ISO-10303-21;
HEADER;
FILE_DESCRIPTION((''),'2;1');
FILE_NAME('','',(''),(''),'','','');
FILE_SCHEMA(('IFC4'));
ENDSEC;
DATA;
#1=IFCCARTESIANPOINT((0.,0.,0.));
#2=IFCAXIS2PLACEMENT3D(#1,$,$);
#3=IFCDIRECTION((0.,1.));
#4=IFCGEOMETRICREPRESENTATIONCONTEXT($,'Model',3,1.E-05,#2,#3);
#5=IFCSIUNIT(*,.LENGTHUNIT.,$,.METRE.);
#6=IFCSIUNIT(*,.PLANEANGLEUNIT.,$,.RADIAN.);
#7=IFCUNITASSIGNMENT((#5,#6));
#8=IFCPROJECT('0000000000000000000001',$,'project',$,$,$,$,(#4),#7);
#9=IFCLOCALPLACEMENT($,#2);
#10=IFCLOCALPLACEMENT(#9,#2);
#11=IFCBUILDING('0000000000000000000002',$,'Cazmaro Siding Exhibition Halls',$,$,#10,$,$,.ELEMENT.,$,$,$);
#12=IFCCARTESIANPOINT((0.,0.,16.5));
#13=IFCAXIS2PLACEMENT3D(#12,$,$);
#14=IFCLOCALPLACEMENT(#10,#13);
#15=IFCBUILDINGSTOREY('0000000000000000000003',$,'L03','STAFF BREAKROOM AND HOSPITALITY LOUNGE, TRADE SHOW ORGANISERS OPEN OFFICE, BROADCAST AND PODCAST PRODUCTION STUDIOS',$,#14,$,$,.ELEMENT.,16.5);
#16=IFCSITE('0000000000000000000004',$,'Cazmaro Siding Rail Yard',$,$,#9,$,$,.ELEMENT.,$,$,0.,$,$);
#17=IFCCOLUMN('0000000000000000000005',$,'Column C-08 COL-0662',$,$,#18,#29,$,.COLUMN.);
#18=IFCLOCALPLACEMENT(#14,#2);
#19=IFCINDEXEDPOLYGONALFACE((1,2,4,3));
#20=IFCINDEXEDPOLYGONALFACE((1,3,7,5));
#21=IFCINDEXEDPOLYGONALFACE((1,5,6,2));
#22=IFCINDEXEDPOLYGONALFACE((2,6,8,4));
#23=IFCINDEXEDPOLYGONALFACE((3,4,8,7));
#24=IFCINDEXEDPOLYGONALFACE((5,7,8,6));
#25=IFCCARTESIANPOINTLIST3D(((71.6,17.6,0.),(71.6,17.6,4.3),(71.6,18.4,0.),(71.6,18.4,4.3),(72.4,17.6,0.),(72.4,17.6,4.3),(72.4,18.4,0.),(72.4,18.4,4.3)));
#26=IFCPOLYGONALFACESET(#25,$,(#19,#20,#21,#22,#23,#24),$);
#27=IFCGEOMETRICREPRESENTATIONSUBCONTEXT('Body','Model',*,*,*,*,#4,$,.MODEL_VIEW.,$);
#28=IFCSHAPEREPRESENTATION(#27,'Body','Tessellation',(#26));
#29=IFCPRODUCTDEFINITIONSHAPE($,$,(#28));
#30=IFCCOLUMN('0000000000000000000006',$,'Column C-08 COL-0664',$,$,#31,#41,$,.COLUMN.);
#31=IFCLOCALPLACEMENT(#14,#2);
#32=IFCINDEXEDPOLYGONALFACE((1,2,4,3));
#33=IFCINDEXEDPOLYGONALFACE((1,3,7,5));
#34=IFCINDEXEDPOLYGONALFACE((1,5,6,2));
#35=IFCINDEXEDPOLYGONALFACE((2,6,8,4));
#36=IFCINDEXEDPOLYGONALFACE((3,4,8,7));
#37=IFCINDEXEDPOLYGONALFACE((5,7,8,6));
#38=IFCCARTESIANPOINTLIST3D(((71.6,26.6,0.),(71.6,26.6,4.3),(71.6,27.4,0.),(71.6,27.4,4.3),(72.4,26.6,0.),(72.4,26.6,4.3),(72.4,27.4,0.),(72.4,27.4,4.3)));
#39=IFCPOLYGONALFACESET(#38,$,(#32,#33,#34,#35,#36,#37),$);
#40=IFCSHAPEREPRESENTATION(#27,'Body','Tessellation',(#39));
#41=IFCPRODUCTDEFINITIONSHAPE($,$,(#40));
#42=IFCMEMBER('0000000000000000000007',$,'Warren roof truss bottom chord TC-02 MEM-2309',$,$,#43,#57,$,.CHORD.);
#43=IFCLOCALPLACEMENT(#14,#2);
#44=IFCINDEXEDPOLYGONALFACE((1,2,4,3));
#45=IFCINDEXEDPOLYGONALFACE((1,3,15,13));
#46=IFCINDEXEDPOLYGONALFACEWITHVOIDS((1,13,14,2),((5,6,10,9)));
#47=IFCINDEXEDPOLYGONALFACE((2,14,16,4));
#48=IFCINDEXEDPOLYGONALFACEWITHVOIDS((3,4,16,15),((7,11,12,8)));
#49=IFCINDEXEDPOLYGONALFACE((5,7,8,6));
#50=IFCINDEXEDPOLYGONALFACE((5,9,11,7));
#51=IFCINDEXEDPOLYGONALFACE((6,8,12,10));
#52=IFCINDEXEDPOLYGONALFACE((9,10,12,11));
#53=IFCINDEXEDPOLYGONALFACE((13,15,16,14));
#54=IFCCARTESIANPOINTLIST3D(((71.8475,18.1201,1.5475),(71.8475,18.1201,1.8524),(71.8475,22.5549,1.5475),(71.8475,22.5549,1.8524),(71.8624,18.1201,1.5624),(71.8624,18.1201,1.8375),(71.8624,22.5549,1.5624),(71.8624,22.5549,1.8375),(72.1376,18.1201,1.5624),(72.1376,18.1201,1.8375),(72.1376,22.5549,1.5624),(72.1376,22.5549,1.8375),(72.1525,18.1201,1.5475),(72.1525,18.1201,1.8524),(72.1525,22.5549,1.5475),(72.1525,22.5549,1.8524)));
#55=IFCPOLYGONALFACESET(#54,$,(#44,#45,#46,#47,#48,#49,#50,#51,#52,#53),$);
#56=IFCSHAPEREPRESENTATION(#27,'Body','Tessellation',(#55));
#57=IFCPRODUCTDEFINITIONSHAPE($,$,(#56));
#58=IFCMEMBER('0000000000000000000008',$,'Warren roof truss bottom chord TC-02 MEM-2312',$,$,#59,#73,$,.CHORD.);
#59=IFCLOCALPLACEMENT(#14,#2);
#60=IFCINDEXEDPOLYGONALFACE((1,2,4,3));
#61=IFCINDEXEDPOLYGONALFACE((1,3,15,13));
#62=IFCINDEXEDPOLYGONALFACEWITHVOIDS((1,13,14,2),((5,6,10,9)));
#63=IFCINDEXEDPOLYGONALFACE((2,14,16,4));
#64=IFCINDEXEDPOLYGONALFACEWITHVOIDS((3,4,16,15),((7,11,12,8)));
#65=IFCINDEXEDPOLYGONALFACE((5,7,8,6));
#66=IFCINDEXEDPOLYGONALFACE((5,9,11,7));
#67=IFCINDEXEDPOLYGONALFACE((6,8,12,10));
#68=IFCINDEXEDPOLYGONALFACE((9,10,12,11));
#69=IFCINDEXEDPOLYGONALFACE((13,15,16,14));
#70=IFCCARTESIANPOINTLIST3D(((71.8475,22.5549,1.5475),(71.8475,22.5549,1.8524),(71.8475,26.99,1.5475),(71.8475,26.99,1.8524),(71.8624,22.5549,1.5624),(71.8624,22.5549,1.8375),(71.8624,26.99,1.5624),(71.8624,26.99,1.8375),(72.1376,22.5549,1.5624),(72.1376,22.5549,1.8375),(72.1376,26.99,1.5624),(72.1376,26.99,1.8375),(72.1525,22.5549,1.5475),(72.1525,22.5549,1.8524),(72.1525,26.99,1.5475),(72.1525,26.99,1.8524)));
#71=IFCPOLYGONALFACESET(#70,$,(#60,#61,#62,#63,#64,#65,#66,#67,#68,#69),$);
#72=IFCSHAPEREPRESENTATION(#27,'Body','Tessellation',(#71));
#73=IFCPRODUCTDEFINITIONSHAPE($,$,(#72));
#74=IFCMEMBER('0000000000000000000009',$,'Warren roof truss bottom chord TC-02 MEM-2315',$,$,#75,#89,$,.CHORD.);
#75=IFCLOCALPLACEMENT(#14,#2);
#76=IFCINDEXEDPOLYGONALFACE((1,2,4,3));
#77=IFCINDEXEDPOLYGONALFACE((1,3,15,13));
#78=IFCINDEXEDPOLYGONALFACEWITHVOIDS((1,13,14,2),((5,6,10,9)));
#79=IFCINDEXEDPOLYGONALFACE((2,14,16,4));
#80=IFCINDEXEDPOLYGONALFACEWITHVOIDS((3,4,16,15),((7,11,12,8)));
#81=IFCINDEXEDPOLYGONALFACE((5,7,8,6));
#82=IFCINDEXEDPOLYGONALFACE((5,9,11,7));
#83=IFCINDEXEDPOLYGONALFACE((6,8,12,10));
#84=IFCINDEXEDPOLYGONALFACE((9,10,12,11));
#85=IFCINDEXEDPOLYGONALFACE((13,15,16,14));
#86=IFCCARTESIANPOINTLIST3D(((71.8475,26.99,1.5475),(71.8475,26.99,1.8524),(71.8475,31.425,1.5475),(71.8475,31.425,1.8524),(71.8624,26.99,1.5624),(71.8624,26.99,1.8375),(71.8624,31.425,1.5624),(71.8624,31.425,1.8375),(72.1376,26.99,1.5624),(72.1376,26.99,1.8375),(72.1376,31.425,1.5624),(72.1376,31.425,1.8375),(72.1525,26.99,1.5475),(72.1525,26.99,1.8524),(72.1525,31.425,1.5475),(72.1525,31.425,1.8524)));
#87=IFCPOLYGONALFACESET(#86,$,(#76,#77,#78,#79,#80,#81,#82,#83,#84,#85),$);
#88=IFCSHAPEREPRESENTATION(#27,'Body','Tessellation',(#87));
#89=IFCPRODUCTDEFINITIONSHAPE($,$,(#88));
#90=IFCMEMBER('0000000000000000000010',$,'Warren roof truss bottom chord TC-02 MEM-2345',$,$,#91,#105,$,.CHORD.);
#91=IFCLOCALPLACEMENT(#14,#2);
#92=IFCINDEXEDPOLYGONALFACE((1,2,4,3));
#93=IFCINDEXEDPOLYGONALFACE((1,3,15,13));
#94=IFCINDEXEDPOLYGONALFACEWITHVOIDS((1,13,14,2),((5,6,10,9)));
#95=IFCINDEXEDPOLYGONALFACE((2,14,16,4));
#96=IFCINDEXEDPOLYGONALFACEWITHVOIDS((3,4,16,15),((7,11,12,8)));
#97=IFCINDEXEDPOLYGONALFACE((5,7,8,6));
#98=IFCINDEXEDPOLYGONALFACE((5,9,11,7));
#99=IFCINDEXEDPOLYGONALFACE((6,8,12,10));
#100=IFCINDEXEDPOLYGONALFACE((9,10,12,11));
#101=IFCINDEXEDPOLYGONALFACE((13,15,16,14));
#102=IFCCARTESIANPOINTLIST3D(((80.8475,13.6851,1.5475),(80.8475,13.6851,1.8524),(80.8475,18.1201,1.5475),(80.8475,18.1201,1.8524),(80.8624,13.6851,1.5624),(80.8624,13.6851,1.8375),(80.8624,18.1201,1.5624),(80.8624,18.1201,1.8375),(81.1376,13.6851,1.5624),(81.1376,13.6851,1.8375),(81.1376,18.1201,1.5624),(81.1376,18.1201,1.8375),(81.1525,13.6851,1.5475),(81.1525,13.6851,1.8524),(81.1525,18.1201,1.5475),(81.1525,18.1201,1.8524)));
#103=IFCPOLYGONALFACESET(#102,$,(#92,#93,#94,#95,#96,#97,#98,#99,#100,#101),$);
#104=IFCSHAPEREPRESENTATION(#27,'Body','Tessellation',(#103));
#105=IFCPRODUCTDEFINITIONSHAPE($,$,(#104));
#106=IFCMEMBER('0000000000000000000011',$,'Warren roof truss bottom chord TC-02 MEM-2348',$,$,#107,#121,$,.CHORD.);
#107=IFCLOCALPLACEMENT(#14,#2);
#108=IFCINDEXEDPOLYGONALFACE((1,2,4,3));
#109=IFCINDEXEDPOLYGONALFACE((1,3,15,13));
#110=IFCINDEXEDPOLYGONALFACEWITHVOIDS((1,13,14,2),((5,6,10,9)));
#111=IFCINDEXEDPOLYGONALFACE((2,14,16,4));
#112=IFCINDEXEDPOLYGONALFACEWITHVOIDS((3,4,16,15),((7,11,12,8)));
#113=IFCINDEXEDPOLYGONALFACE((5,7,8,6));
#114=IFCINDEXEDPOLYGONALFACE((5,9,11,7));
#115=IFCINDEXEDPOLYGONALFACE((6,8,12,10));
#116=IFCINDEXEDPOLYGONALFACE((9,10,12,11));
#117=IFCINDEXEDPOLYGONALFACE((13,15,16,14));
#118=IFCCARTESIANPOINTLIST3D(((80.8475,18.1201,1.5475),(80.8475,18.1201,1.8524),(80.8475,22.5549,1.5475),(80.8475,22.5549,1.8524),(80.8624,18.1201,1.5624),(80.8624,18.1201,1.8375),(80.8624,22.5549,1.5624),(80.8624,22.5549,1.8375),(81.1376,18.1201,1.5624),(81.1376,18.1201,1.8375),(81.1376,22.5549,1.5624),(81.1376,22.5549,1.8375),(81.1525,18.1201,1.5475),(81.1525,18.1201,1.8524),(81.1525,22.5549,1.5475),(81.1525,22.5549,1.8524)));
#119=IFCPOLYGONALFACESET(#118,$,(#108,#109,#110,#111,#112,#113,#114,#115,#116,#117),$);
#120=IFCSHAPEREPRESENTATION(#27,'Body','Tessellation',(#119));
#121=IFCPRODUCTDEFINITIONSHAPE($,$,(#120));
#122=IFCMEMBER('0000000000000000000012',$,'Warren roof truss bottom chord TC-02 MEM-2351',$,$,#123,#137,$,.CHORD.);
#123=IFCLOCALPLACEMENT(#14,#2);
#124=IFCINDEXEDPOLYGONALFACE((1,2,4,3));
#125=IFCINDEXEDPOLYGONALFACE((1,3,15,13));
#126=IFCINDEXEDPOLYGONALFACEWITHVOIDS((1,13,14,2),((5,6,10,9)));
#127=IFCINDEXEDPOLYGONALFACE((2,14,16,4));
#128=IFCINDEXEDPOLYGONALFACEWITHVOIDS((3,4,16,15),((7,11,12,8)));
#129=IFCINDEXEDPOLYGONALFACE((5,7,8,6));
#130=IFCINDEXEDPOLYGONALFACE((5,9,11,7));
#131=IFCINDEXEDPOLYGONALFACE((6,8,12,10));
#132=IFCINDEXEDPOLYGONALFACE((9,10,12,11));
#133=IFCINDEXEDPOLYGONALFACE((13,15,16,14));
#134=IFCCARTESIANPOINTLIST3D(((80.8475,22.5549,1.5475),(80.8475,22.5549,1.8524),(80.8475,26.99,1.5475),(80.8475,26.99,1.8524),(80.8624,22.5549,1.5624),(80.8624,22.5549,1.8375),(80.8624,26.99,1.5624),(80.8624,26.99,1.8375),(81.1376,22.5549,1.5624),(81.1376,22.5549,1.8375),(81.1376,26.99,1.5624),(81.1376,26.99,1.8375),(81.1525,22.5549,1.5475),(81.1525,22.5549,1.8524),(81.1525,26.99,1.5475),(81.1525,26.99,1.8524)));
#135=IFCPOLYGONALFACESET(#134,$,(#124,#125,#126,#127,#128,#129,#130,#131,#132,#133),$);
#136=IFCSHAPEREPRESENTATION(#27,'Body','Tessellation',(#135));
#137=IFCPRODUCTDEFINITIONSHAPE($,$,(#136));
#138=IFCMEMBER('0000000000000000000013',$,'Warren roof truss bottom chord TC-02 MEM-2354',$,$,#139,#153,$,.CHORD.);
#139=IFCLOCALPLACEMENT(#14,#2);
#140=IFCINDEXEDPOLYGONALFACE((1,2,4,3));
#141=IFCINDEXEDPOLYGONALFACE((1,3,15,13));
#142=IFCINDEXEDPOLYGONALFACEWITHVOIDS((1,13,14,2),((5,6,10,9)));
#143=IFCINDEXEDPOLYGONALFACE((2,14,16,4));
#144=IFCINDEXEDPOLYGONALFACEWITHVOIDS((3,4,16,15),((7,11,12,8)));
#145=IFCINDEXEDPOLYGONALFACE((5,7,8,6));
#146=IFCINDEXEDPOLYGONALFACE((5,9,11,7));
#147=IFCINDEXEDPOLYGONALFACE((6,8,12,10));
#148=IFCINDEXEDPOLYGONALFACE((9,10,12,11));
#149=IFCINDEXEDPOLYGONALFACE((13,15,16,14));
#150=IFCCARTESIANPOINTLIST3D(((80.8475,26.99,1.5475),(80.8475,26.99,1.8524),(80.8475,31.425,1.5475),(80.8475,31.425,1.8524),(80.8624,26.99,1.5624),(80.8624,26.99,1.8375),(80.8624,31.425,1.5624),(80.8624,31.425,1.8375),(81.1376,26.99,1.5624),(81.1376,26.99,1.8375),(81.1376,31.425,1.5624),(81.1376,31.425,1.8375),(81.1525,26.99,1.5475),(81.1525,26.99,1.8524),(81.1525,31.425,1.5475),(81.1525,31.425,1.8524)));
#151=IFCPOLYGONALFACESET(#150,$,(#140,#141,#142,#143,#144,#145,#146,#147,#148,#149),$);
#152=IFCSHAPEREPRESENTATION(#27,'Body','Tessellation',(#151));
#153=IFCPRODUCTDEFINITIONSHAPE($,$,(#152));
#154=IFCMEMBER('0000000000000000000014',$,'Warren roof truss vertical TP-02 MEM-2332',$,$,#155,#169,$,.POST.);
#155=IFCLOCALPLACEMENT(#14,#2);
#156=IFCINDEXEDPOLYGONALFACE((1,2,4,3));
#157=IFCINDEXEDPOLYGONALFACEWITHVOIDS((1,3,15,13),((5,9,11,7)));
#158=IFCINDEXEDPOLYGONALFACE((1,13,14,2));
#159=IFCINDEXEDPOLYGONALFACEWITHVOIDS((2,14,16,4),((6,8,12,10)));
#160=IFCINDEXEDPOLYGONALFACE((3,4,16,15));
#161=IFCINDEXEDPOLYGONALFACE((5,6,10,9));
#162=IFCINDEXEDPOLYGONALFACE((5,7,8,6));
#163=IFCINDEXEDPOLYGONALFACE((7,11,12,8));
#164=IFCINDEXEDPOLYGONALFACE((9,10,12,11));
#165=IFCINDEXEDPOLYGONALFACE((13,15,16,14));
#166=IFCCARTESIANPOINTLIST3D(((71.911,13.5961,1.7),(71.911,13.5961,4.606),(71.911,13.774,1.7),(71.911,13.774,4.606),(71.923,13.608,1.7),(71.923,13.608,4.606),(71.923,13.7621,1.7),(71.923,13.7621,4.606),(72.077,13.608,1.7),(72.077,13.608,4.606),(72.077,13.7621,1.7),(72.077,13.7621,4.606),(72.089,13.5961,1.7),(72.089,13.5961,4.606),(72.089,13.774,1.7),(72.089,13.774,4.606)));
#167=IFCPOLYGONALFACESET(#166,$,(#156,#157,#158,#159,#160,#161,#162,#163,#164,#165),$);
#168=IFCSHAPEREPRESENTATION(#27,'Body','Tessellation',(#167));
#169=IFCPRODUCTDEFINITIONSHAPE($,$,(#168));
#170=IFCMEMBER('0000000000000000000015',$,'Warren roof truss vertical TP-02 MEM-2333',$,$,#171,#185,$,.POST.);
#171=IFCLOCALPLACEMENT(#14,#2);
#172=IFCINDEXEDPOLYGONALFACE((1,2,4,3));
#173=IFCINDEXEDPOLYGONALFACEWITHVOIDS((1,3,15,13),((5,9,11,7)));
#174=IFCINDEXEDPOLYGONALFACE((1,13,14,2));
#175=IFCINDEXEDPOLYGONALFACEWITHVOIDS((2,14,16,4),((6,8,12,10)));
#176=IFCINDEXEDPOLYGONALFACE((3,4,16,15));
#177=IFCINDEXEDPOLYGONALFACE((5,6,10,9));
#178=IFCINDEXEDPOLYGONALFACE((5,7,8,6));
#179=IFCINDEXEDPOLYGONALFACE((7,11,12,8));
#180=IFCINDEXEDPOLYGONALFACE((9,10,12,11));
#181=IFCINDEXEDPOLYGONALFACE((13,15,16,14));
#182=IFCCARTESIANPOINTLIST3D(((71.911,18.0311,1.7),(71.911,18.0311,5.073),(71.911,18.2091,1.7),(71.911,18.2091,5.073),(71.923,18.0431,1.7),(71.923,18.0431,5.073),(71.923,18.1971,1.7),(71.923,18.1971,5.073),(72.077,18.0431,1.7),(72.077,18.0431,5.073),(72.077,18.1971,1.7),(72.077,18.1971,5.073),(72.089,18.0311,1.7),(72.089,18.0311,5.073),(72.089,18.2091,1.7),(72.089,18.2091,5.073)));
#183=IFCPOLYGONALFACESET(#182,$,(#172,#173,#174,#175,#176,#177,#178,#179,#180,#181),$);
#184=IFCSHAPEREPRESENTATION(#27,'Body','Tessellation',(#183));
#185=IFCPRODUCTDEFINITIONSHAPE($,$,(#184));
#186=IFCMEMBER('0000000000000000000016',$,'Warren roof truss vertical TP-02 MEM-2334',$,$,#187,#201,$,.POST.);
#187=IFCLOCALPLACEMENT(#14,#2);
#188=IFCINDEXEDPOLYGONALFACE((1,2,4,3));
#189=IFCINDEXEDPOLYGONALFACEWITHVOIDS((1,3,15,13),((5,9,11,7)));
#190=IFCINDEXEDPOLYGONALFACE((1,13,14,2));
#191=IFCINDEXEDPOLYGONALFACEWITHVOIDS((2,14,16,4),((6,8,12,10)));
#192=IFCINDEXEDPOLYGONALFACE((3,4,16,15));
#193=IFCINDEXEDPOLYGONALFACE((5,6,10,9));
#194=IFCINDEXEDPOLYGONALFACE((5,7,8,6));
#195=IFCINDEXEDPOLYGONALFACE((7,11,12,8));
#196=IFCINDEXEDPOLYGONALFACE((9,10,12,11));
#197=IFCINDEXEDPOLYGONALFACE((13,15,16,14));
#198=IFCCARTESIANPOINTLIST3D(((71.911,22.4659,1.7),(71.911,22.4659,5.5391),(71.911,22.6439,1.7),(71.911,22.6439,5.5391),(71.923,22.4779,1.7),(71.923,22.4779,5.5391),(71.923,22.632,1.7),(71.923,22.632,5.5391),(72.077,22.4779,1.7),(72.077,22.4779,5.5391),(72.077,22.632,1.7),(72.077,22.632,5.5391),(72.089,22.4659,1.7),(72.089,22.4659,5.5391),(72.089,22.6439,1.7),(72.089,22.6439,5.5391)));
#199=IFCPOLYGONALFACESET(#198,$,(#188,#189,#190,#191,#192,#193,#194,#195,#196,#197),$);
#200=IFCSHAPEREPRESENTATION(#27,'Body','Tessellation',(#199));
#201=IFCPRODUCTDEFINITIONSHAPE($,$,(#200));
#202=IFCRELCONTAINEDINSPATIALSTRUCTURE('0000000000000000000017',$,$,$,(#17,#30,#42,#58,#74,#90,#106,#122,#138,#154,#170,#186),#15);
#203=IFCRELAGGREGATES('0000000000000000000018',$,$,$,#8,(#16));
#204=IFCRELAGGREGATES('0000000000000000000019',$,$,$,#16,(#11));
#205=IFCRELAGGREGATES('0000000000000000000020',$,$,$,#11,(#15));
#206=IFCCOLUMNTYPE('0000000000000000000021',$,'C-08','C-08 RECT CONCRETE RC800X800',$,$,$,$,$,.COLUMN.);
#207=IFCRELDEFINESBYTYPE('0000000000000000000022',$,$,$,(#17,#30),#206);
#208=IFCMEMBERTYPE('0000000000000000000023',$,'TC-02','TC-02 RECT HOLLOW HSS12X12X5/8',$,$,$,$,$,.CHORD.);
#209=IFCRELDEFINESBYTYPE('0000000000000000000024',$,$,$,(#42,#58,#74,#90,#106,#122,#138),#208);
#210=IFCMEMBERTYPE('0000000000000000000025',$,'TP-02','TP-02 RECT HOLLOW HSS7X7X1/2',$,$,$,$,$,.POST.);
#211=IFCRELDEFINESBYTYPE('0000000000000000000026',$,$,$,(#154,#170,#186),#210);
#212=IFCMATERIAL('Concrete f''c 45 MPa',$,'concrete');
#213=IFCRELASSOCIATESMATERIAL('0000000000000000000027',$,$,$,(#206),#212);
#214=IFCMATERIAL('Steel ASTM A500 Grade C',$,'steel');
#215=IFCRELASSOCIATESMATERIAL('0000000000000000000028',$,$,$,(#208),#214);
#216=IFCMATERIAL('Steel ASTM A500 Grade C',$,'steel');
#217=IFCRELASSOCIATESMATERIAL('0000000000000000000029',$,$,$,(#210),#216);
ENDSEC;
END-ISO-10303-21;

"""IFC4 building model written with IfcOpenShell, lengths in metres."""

from ifc_helpers import new_model, si_unit, direction, frame, origin, origin_2d, place, context, subcontext, project, spatial, rectangle, hollow_rectangle, extrude, material, material_profile, profile_set, type_object, element, save


model = new_model("IFC4")

# Units and contexts
model_context = context("Model", 3, precision=1e-05, world=origin(), true_north=direction((0.0, 1.0)))
body_context = subcontext(model_context, "Body", "Model", "MODEL_VIEW")
ifc_project = project(units=[si_unit("LENGTHUNIT", "METRE"), si_unit("PLANEANGLEUNIT", "RADIAN")], contexts=[model_context])

# Site, building, storey
site_placement = place(None, origin())
site = spatial("IfcSite", under=ifc_project, at=site_placement, Name="Cazmaro Siding Rail Yard", CompositionType="ELEMENT", RefElevation=0.0)
building_placement = place(site_placement, origin())
building = spatial("IfcBuilding", under=site, at=building_placement, Name="Cazmaro Siding Exhibition Halls", CompositionType="ELEMENT")
storey_placement = place(building_placement, frame((0.0, 0.0, 16.5)))
storey = spatial("IfcBuildingStorey", under=building, at=storey_placement, Name="L03", Description="STAFF BREAKROOM AND HOSPITALITY LOUNGE, TRADE SHOW ORGANISERS OPEN OFFICE, BROADCAST AND PODCAST PRODUCTION STUDIOS", CompositionType="ELEMENT", Elevation=16.5)

# Columns
ifc_material_1 = material(Name="Concrete f'c 45 MPa", Category="concrete")
ifc_material_profile_1 = material_profile(ifc_material_1, rectangle(XDim=0.8, YDim=0.8, at=origin_2d()), Name="RC800X800")
ifc_profile_set_1 = profile_set([ifc_material_profile_1], Name="Concrete f'c 45 MPa")
column_type = type_object("IfcColumnType", Name="C-08", Description="C-08 RECT CONCRETE RC800X800", PredefinedType="COLUMN", material=ifc_profile_set_1)
for number, where, z_axis, x_axis, name in (
    (1, (72.0, 18.0, 0.0), (0.0, 0.0, 1.0), (1.0, 0.0, 0.0), "Column C-08 COL-0662"),
    (2, (72.0, 27.0, 0.0), (0.0, 0.0, 1.0), (1.0, 0.0, 0.0), "Column C-08 COL-0664"),
):
    element("IfcColumn", number, at=place(storey_placement, frame(where, z_axis=z_axis, x_axis=x_axis)), inside=storey, type_object=column_type, Name=name, PredefinedType="COLUMN", context=body_context, shape_type="SweptSolid", body=[
        extrude(rectangle(XDim=0.8, YDim=0.8, at=origin_2d()), origin(), (0.0, 0.0, 1.0), 4.3),
    ])

# Members
ifc_material_2 = material(Name="Steel ASTM A500 Grade C", Category="steel")
ifc_material_profile_2 = material_profile(ifc_material_2, hollow_rectangle(XDim=0.3049, YDim=0.3049, WallThickness=0.0149, at=origin_2d()), Name="HSS12X12X5/8")
ifc_profile_set_2 = profile_set([ifc_material_profile_2], Name="Steel ASTM A500 Grade C")
member_type_1 = type_object("IfcMemberType", Name="TC-02", Description="TC-02 RECT HOLLOW HSS12X12X5/8", PredefinedType="CHORD", material=ifc_profile_set_2)
member_1_placement = place(storey_placement, frame((72.0, 18.1201, 1.7), z_axis=(0.0, 1.0, 0.0), x_axis=(-1.0, 0.0, 0.0)))
element("IfcMember", 3, at=member_1_placement, inside=storey, type_object=member_type_1, Name="Warren roof truss bottom chord TC-02 MEM-2309", PredefinedType="CHORD", context=body_context, shape_type="SweptSolid", body=[
    extrude(hollow_rectangle(XDim=0.3049, YDim=0.3049, WallThickness=0.0149, at=origin_2d()), origin(), (0.0, 0.0, 1.0), 4.4348),
])
for number, where, z_axis, x_axis, name in (
    (4, (72.0, 22.5549, 1.7), (0.0, 1.0, 0.0), (-1.0, 0.0, 0.0), "Warren roof truss bottom chord TC-02 MEM-2312"),
    (5, (72.0, 26.99, 1.7), (0.0, 1.0, 0.0), (-1.0, 0.0, 0.0), "Warren roof truss bottom chord TC-02 MEM-2315"),
    (6, (81.0, 13.6851, 1.7), (0.0, 1.0, 0.0), (-1.0, 0.0, 0.0), "Warren roof truss bottom chord TC-02 MEM-2345"),
):
    element("IfcMember", number, at=place(storey_placement, frame(where, z_axis=z_axis, x_axis=x_axis)), inside=storey, type_object=member_type_1, Name=name, PredefinedType="CHORD", context=body_context, shape_type="SweptSolid", body=[
        extrude(hollow_rectangle(XDim=0.3049, YDim=0.3049, WallThickness=0.0149, at=origin_2d()), origin(), (0.0, 0.0, 1.0), 4.4351),
    ])
member_2_placement = place(storey_placement, frame((81.0, 18.1201, 1.7), z_axis=(0.0, 1.0, 0.0), x_axis=(-1.0, 0.0, 0.0)))
element("IfcMember", 7, at=member_2_placement, inside=storey, type_object=member_type_1, Name="Warren roof truss bottom chord TC-02 MEM-2348", PredefinedType="CHORD", context=body_context, shape_type="SweptSolid", body=[
    extrude(hollow_rectangle(XDim=0.3049, YDim=0.3049, WallThickness=0.0149, at=origin_2d()), origin(), (0.0, 0.0, 1.0), 4.4348),
])
for number, where, z_axis, x_axis, name in (
    (8, (81.0, 22.5549, 1.7), (0.0, 1.0, 0.0), (-1.0, 0.0, 0.0), "Warren roof truss bottom chord TC-02 MEM-2351"),
    (9, (81.0, 26.99, 1.7), (0.0, 1.0, 0.0), (-1.0, 0.0, 0.0), "Warren roof truss bottom chord TC-02 MEM-2354"),
):
    element("IfcMember", number, at=place(storey_placement, frame(where, z_axis=z_axis, x_axis=x_axis)), inside=storey, type_object=member_type_1, Name=name, PredefinedType="CHORD", context=body_context, shape_type="SweptSolid", body=[
        extrude(hollow_rectangle(XDim=0.3049, YDim=0.3049, WallThickness=0.0149, at=origin_2d()), origin(), (0.0, 0.0, 1.0), 4.4351),
    ])
ifc_material_3 = material(Name="Steel ASTM A500 Grade C", Category="steel")
ifc_material_profile_3 = material_profile(ifc_material_3, hollow_rectangle(XDim=0.178, YDim=0.178, WallThickness=0.012, at=origin_2d()), Name="HSS7X7X1/2")
ifc_profile_set_3 = profile_set([ifc_material_profile_3], Name="Steel ASTM A500 Grade C")
member_type_2 = type_object("IfcMemberType", Name="TP-02", Description="TP-02 RECT HOLLOW HSS7X7X1/2", PredefinedType="POST", material=ifc_profile_set_3)
member_3_placement = place(storey_placement, frame((72.0, 13.6851, 1.7), z_axis=(0.0, 0.0, 1.0), x_axis=(1.0, 0.0, 0.0)))
element("IfcMember", 10, at=member_3_placement, inside=storey, type_object=member_type_2, Name="Warren roof truss vertical TP-02 MEM-2332", PredefinedType="POST", context=body_context, shape_type="SweptSolid", body=[
    extrude(hollow_rectangle(XDim=0.178, YDim=0.178, WallThickness=0.012, at=origin_2d()), origin(), (0.0, 0.0, 1.0), 2.906),
])
member_4_placement = place(storey_placement, frame((72.0, 18.1201, 1.7), z_axis=(0.0, 0.0, 1.0), x_axis=(1.0, 0.0, 0.0)))
element("IfcMember", 11, at=member_4_placement, inside=storey, type_object=member_type_2, Name="Warren roof truss vertical TP-02 MEM-2333", PredefinedType="POST", context=body_context, shape_type="SweptSolid", body=[
    extrude(hollow_rectangle(XDim=0.178, YDim=0.178, WallThickness=0.012, at=origin_2d()), origin(), (0.0, 0.0, 1.0), 3.373),
])
member_5_placement = place(storey_placement, frame((72.0, 22.5549, 1.7), z_axis=(0.0, 0.0, 1.0), x_axis=(1.0, 0.0, 0.0)))
element("IfcMember", 12, at=member_5_placement, inside=storey, type_object=member_type_2, Name="Warren roof truss vertical TP-02 MEM-2334", PredefinedType="POST", context=body_context, shape_type="SweptSolid", body=[
    extrude(hollow_rectangle(XDim=0.178, YDim=0.178, WallThickness=0.012, at=origin_2d()), origin(), (0.0, 0.0, 1.0), 3.8391),
])

save(model, "model.ifc")
